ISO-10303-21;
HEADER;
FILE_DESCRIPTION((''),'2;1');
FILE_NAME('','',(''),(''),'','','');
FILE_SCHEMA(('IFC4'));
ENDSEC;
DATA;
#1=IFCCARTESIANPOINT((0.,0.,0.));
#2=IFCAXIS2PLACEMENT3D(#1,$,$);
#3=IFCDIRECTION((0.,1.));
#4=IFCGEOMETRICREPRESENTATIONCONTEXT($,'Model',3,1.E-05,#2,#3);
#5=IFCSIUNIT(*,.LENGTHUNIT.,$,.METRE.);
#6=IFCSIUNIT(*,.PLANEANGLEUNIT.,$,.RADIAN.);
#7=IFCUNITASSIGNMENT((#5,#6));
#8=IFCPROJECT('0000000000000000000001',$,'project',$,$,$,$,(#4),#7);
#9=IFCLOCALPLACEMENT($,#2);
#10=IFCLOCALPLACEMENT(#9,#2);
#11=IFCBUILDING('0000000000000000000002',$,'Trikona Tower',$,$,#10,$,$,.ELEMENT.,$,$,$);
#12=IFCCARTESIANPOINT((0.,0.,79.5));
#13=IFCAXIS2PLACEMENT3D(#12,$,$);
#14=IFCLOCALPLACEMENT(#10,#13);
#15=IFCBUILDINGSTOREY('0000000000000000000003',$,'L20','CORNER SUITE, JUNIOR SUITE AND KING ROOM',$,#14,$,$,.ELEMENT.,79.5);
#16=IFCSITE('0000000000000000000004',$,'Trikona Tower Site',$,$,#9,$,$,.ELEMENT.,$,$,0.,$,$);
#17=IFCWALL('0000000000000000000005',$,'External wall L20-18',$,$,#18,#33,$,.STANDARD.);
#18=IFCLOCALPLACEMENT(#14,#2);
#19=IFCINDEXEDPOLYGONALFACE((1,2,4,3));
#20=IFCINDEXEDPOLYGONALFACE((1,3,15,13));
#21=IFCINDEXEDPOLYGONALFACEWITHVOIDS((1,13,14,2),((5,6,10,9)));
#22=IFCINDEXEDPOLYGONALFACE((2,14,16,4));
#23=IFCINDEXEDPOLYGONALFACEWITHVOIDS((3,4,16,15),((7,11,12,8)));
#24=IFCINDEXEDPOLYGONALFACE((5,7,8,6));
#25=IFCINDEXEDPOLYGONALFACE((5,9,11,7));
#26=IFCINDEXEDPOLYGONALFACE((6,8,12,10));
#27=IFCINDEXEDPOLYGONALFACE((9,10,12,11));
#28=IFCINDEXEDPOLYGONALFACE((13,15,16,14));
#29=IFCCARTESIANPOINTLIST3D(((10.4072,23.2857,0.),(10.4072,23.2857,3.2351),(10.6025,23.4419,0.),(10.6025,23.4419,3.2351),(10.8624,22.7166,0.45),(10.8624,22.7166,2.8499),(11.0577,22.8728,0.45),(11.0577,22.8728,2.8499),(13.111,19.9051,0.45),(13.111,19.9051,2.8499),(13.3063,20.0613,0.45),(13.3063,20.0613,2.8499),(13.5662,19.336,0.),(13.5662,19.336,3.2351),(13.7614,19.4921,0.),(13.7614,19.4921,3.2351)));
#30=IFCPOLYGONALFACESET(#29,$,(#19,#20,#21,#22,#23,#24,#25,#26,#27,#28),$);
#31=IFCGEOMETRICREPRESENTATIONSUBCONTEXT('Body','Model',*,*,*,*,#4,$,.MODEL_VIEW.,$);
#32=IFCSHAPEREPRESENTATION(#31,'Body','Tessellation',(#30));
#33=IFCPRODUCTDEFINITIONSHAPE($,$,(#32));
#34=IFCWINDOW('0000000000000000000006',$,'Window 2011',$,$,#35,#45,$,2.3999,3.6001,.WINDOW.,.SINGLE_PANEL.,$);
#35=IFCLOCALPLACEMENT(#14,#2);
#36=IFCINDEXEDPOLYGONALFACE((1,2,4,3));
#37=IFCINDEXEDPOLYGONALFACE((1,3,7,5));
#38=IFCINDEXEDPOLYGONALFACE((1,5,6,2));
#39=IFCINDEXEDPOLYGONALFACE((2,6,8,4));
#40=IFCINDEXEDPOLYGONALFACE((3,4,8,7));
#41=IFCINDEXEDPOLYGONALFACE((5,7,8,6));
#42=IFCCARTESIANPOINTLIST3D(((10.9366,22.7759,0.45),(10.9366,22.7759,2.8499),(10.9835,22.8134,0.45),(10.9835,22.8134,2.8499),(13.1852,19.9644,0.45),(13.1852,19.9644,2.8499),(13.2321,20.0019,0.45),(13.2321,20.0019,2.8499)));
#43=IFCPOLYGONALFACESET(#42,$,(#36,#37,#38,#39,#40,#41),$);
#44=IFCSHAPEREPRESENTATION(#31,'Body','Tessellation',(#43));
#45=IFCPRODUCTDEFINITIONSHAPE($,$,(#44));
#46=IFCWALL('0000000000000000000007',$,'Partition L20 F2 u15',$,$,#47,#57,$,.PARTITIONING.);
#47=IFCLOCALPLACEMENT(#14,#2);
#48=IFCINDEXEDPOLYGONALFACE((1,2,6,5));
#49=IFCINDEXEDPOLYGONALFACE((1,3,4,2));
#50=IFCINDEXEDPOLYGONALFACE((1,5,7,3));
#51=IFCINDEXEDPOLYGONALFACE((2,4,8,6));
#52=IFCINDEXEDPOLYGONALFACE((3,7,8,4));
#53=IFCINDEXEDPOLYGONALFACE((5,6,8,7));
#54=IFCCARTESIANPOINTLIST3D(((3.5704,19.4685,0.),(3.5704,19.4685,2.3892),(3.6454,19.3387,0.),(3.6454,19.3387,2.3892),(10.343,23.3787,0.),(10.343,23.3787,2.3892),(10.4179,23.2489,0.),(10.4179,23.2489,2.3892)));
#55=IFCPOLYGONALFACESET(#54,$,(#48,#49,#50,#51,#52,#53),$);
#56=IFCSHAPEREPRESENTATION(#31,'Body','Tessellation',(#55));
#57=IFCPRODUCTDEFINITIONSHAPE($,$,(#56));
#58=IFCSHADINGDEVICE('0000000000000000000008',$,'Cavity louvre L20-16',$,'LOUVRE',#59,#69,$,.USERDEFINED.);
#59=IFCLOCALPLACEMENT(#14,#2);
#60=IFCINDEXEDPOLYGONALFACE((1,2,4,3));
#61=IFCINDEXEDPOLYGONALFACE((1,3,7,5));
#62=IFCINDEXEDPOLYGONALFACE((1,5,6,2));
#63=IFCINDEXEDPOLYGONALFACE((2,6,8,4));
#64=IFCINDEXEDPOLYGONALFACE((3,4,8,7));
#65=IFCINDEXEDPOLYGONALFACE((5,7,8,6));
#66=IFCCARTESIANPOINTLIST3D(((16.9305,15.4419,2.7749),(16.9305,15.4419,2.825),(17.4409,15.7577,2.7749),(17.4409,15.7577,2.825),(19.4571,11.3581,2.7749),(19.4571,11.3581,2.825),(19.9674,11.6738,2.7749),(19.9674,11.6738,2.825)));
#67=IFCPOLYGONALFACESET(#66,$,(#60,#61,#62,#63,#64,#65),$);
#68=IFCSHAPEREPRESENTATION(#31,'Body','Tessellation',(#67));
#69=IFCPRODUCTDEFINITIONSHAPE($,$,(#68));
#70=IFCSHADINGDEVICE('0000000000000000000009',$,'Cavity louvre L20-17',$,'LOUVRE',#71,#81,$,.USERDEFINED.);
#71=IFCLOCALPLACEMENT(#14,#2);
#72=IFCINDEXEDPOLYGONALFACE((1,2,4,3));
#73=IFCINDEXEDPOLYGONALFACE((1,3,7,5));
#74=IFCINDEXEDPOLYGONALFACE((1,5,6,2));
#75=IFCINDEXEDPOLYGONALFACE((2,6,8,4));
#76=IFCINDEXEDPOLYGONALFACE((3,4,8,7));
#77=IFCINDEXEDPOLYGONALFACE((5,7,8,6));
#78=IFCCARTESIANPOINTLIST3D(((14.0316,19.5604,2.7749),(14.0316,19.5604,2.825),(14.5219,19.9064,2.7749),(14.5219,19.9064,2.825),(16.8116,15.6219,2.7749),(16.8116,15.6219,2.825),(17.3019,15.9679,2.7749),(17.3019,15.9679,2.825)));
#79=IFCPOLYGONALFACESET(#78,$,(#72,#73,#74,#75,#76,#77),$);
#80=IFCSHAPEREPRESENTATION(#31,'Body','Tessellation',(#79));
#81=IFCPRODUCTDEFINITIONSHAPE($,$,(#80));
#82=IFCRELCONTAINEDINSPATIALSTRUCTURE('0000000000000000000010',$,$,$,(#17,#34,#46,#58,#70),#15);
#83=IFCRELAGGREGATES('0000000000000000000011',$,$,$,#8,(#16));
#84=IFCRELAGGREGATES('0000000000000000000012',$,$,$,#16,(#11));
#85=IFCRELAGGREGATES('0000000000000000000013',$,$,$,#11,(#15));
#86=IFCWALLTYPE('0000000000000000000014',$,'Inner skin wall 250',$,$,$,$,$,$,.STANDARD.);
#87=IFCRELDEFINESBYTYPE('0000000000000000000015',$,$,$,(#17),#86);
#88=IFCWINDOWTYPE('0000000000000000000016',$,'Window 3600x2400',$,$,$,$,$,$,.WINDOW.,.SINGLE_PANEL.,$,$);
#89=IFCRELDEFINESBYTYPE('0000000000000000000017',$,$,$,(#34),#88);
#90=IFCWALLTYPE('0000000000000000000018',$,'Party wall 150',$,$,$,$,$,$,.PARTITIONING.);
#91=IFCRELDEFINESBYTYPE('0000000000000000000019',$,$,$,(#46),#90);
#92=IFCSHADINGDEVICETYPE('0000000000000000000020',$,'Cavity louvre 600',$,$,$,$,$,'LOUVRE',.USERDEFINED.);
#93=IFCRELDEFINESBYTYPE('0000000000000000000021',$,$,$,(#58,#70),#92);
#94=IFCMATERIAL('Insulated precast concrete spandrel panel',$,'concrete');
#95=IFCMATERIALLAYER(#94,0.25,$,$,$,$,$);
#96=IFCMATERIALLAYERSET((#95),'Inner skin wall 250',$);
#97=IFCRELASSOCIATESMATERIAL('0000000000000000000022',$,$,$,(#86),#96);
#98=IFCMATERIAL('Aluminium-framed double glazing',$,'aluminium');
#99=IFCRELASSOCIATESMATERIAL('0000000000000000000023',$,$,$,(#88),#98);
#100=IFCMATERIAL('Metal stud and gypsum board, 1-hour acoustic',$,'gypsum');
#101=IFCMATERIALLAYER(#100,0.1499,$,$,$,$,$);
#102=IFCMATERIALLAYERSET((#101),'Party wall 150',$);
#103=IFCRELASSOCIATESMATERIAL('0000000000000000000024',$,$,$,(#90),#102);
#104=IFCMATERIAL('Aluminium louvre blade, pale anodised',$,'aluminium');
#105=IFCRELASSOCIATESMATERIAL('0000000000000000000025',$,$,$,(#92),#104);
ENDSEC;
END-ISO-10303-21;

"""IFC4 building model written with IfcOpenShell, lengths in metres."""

from ifc_helpers import new_model, si_unit, direction, frame, frame_2d, origin, origin_2d, place, context, subcontext, project, spatial, rectangle, extrude, material, layer, layer_set, type_object, element, fill, save


model = new_model("IFC4")

# Units and contexts
model_context = context("Model", 3, precision=1e-05, world=origin(), true_north=direction((0.0, 1.0)))
body_context = subcontext(model_context, "Body", "Model", "MODEL_VIEW")
ifc_project = project(units=[si_unit("LENGTHUNIT", "METRE"), si_unit("PLANEANGLEUNIT", "RADIAN")], contexts=[model_context])

# Site, building, storey
site_placement = place(None, origin())
site = spatial("IfcSite", under=ifc_project, at=site_placement, Name="Trikona Tower Site", CompositionType="ELEMENT", RefElevation=0.0)
building_placement = place(site_placement, origin())
building = spatial("IfcBuilding", under=site, at=building_placement, Name="Trikona Tower", CompositionType="ELEMENT")
storey_placement = place(building_placement, frame((0.0, 0.0, 79.5)))
storey = spatial("IfcBuildingStorey", under=building, at=storey_placement, Name="L20", Description="CORNER SUITE, JUNIOR SUITE AND KING ROOM", CompositionType="ELEMENT", Elevation=79.5)

# Wall, opening, window
ifc_material_1 = material(Name="Insulated precast concrete spandrel panel", Category="concrete")
ifc_layer_1 = layer(ifc_material_1, 0.25)
ifc_layer_set_1 = layer_set([ifc_layer_1], Name="Inner skin wall 250")
wall_type_1 = type_object("IfcWallType", Name="Inner skin wall 250", PredefinedType="STANDARD", material=ifc_layer_set_1)
ifc_material_2 = material(Name="Aluminium-framed double glazing", Category="aluminium")
window_type = type_object("IfcWindowType", Name="Window 3600x2400", PartitioningType="SINGLE_PANEL", PredefinedType="WINDOW", material=ifc_material_2)
wall_1_placement = place(storey_placement, frame((13.6638, 19.4141, 0.0), z_axis=(0.0, 0.0, 1.0), x_axis=(-0.624595, 0.780949, 0.0)))
wall_1 = element("IfcWall", 1, at=wall_1_placement, inside=storey, type_object=wall_type_1, Name="External wall L20-18", PredefinedType="STANDARD", context=body_context, shape_type="SweptSolid", body=[
    extrude(rectangle(XDim=5.0576, YDim=0.25, at=frame_2d((2.5288, 0.0))), origin(), (0.0, 0.0, 1.0), 3.2351),
])
opening_1_placement = place(wall_1_placement, frame((0.7288, 0.0, 0.45)))
opening_1 = element("IfcOpeningElement", 2, at=opening_1_placement, cuts=wall_1, PredefinedType="OPENING", context=body_context, shape_type="SweptSolid", body=[
    extrude(rectangle(XDim=3.6001, YDim=2.3999, at=frame_2d((1.8, 1.2))), frame((0.0, 0.135, 0.0), z_axis=(0.0, -1.0, 0.0), x_axis=(1.0, 0.0, 0.0)), (0.0, 0.0, 1.0), 0.27),
])
window_1_placement = place(opening_1_placement, origin())
window_1 = element("IfcWindow", 3, at=window_1_placement, inside=storey, type_object=window_type, Name="Window 2011", OverallHeight=2.3999, OverallWidth=3.6001, PartitioningType="SINGLE_PANEL", PredefinedType="WINDOW", context=body_context, shape_type="SweptSolid", body=[
    extrude(rectangle(XDim=3.6001, YDim=2.3999, at=frame_2d((1.8, 1.2))), frame((0.0, 0.03, 0.0), z_axis=(0.0, -1.0, 0.0), x_axis=(1.0, 0.0, 0.0)), (0.0, 0.0, 1.0), 0.0601),
])
fill(opening_1, window_1)

# Wall
ifc_material_3 = material(Name="Metal stud and gypsum board, 1-hour acoustic", Category="gypsum")
ifc_layer_2 = layer(ifc_material_3, 0.1499)
ifc_layer_set_2 = layer_set([ifc_layer_2], Name="Party wall 150")
wall_type_2 = type_object("IfcWallType", Name="Party wall 150", PredefinedType="PARTITIONING", material=ifc_layer_set_2)
wall_2_placement = place(storey_placement, frame((3.6079, 19.4036, 0.0), z_axis=(0.0, 0.0, 1.0), x_axis=(0.866021, 0.500007, 0.0)))
element("IfcWall", 4, at=wall_2_placement, inside=storey, type_object=wall_type_2, Name="Partition L20 F2 u15", PredefinedType="PARTITIONING", context=body_context, shape_type="SweptSolid", body=[
    extrude(rectangle(XDim=7.8203, YDim=0.1499, at=frame_2d((3.9102, 0.0))), origin(), (0.0, 0.0, 1.0), 2.3892),
])

# Shading devices
ifc_material_4 = material(Name="Aluminium louvre blade, pale anodised", Category="aluminium")
shading_device_type = type_object("IfcShadingDeviceType", Name="Cavity louvre 600", ElementType="LOUVRE", PredefinedType="USERDEFINED", material=ifc_material_4)
shading_device_1_placement = place(storey_placement, frame((18.449, 13.5579, 2.7749), z_axis=(0.0, 0.0, 1.0), x_axis=(-0.526119, 0.850411, 0.0)))
element("IfcShadingDevice", 5, at=shading_device_1_placement, inside=storey, type_object=shading_device_type, Name="Cavity louvre L20-16", ObjectType="LOUVRE", PredefinedType="USERDEFINED", context=body_context, shape_type="SweptSolid", body=[
    extrude(rectangle(XDim=4.8022, YDim=0.6001, at=origin_2d()), origin(), (0.0, 0.0, 1.0), 0.05),
])
shading_device_2_placement = place(storey_placement, frame((15.6667, 17.7642, 2.7749), z_axis=(0.0, 0.0, 1.0), x_axis=(-0.576662, 0.816983, 0.0)))
element("IfcShadingDevice", 6, at=shading_device_2_placement, inside=storey, type_object=shading_device_type, Name="Cavity louvre L20-17", ObjectType="LOUVRE", PredefinedType="USERDEFINED", context=body_context, shape_type="SweptSolid", body=[
    extrude(rectangle(XDim=4.8208, YDim=0.6001, at=origin_2d()), origin(), (0.0, 0.0, 1.0), 0.05),
])

save(model, "model.ifc")
